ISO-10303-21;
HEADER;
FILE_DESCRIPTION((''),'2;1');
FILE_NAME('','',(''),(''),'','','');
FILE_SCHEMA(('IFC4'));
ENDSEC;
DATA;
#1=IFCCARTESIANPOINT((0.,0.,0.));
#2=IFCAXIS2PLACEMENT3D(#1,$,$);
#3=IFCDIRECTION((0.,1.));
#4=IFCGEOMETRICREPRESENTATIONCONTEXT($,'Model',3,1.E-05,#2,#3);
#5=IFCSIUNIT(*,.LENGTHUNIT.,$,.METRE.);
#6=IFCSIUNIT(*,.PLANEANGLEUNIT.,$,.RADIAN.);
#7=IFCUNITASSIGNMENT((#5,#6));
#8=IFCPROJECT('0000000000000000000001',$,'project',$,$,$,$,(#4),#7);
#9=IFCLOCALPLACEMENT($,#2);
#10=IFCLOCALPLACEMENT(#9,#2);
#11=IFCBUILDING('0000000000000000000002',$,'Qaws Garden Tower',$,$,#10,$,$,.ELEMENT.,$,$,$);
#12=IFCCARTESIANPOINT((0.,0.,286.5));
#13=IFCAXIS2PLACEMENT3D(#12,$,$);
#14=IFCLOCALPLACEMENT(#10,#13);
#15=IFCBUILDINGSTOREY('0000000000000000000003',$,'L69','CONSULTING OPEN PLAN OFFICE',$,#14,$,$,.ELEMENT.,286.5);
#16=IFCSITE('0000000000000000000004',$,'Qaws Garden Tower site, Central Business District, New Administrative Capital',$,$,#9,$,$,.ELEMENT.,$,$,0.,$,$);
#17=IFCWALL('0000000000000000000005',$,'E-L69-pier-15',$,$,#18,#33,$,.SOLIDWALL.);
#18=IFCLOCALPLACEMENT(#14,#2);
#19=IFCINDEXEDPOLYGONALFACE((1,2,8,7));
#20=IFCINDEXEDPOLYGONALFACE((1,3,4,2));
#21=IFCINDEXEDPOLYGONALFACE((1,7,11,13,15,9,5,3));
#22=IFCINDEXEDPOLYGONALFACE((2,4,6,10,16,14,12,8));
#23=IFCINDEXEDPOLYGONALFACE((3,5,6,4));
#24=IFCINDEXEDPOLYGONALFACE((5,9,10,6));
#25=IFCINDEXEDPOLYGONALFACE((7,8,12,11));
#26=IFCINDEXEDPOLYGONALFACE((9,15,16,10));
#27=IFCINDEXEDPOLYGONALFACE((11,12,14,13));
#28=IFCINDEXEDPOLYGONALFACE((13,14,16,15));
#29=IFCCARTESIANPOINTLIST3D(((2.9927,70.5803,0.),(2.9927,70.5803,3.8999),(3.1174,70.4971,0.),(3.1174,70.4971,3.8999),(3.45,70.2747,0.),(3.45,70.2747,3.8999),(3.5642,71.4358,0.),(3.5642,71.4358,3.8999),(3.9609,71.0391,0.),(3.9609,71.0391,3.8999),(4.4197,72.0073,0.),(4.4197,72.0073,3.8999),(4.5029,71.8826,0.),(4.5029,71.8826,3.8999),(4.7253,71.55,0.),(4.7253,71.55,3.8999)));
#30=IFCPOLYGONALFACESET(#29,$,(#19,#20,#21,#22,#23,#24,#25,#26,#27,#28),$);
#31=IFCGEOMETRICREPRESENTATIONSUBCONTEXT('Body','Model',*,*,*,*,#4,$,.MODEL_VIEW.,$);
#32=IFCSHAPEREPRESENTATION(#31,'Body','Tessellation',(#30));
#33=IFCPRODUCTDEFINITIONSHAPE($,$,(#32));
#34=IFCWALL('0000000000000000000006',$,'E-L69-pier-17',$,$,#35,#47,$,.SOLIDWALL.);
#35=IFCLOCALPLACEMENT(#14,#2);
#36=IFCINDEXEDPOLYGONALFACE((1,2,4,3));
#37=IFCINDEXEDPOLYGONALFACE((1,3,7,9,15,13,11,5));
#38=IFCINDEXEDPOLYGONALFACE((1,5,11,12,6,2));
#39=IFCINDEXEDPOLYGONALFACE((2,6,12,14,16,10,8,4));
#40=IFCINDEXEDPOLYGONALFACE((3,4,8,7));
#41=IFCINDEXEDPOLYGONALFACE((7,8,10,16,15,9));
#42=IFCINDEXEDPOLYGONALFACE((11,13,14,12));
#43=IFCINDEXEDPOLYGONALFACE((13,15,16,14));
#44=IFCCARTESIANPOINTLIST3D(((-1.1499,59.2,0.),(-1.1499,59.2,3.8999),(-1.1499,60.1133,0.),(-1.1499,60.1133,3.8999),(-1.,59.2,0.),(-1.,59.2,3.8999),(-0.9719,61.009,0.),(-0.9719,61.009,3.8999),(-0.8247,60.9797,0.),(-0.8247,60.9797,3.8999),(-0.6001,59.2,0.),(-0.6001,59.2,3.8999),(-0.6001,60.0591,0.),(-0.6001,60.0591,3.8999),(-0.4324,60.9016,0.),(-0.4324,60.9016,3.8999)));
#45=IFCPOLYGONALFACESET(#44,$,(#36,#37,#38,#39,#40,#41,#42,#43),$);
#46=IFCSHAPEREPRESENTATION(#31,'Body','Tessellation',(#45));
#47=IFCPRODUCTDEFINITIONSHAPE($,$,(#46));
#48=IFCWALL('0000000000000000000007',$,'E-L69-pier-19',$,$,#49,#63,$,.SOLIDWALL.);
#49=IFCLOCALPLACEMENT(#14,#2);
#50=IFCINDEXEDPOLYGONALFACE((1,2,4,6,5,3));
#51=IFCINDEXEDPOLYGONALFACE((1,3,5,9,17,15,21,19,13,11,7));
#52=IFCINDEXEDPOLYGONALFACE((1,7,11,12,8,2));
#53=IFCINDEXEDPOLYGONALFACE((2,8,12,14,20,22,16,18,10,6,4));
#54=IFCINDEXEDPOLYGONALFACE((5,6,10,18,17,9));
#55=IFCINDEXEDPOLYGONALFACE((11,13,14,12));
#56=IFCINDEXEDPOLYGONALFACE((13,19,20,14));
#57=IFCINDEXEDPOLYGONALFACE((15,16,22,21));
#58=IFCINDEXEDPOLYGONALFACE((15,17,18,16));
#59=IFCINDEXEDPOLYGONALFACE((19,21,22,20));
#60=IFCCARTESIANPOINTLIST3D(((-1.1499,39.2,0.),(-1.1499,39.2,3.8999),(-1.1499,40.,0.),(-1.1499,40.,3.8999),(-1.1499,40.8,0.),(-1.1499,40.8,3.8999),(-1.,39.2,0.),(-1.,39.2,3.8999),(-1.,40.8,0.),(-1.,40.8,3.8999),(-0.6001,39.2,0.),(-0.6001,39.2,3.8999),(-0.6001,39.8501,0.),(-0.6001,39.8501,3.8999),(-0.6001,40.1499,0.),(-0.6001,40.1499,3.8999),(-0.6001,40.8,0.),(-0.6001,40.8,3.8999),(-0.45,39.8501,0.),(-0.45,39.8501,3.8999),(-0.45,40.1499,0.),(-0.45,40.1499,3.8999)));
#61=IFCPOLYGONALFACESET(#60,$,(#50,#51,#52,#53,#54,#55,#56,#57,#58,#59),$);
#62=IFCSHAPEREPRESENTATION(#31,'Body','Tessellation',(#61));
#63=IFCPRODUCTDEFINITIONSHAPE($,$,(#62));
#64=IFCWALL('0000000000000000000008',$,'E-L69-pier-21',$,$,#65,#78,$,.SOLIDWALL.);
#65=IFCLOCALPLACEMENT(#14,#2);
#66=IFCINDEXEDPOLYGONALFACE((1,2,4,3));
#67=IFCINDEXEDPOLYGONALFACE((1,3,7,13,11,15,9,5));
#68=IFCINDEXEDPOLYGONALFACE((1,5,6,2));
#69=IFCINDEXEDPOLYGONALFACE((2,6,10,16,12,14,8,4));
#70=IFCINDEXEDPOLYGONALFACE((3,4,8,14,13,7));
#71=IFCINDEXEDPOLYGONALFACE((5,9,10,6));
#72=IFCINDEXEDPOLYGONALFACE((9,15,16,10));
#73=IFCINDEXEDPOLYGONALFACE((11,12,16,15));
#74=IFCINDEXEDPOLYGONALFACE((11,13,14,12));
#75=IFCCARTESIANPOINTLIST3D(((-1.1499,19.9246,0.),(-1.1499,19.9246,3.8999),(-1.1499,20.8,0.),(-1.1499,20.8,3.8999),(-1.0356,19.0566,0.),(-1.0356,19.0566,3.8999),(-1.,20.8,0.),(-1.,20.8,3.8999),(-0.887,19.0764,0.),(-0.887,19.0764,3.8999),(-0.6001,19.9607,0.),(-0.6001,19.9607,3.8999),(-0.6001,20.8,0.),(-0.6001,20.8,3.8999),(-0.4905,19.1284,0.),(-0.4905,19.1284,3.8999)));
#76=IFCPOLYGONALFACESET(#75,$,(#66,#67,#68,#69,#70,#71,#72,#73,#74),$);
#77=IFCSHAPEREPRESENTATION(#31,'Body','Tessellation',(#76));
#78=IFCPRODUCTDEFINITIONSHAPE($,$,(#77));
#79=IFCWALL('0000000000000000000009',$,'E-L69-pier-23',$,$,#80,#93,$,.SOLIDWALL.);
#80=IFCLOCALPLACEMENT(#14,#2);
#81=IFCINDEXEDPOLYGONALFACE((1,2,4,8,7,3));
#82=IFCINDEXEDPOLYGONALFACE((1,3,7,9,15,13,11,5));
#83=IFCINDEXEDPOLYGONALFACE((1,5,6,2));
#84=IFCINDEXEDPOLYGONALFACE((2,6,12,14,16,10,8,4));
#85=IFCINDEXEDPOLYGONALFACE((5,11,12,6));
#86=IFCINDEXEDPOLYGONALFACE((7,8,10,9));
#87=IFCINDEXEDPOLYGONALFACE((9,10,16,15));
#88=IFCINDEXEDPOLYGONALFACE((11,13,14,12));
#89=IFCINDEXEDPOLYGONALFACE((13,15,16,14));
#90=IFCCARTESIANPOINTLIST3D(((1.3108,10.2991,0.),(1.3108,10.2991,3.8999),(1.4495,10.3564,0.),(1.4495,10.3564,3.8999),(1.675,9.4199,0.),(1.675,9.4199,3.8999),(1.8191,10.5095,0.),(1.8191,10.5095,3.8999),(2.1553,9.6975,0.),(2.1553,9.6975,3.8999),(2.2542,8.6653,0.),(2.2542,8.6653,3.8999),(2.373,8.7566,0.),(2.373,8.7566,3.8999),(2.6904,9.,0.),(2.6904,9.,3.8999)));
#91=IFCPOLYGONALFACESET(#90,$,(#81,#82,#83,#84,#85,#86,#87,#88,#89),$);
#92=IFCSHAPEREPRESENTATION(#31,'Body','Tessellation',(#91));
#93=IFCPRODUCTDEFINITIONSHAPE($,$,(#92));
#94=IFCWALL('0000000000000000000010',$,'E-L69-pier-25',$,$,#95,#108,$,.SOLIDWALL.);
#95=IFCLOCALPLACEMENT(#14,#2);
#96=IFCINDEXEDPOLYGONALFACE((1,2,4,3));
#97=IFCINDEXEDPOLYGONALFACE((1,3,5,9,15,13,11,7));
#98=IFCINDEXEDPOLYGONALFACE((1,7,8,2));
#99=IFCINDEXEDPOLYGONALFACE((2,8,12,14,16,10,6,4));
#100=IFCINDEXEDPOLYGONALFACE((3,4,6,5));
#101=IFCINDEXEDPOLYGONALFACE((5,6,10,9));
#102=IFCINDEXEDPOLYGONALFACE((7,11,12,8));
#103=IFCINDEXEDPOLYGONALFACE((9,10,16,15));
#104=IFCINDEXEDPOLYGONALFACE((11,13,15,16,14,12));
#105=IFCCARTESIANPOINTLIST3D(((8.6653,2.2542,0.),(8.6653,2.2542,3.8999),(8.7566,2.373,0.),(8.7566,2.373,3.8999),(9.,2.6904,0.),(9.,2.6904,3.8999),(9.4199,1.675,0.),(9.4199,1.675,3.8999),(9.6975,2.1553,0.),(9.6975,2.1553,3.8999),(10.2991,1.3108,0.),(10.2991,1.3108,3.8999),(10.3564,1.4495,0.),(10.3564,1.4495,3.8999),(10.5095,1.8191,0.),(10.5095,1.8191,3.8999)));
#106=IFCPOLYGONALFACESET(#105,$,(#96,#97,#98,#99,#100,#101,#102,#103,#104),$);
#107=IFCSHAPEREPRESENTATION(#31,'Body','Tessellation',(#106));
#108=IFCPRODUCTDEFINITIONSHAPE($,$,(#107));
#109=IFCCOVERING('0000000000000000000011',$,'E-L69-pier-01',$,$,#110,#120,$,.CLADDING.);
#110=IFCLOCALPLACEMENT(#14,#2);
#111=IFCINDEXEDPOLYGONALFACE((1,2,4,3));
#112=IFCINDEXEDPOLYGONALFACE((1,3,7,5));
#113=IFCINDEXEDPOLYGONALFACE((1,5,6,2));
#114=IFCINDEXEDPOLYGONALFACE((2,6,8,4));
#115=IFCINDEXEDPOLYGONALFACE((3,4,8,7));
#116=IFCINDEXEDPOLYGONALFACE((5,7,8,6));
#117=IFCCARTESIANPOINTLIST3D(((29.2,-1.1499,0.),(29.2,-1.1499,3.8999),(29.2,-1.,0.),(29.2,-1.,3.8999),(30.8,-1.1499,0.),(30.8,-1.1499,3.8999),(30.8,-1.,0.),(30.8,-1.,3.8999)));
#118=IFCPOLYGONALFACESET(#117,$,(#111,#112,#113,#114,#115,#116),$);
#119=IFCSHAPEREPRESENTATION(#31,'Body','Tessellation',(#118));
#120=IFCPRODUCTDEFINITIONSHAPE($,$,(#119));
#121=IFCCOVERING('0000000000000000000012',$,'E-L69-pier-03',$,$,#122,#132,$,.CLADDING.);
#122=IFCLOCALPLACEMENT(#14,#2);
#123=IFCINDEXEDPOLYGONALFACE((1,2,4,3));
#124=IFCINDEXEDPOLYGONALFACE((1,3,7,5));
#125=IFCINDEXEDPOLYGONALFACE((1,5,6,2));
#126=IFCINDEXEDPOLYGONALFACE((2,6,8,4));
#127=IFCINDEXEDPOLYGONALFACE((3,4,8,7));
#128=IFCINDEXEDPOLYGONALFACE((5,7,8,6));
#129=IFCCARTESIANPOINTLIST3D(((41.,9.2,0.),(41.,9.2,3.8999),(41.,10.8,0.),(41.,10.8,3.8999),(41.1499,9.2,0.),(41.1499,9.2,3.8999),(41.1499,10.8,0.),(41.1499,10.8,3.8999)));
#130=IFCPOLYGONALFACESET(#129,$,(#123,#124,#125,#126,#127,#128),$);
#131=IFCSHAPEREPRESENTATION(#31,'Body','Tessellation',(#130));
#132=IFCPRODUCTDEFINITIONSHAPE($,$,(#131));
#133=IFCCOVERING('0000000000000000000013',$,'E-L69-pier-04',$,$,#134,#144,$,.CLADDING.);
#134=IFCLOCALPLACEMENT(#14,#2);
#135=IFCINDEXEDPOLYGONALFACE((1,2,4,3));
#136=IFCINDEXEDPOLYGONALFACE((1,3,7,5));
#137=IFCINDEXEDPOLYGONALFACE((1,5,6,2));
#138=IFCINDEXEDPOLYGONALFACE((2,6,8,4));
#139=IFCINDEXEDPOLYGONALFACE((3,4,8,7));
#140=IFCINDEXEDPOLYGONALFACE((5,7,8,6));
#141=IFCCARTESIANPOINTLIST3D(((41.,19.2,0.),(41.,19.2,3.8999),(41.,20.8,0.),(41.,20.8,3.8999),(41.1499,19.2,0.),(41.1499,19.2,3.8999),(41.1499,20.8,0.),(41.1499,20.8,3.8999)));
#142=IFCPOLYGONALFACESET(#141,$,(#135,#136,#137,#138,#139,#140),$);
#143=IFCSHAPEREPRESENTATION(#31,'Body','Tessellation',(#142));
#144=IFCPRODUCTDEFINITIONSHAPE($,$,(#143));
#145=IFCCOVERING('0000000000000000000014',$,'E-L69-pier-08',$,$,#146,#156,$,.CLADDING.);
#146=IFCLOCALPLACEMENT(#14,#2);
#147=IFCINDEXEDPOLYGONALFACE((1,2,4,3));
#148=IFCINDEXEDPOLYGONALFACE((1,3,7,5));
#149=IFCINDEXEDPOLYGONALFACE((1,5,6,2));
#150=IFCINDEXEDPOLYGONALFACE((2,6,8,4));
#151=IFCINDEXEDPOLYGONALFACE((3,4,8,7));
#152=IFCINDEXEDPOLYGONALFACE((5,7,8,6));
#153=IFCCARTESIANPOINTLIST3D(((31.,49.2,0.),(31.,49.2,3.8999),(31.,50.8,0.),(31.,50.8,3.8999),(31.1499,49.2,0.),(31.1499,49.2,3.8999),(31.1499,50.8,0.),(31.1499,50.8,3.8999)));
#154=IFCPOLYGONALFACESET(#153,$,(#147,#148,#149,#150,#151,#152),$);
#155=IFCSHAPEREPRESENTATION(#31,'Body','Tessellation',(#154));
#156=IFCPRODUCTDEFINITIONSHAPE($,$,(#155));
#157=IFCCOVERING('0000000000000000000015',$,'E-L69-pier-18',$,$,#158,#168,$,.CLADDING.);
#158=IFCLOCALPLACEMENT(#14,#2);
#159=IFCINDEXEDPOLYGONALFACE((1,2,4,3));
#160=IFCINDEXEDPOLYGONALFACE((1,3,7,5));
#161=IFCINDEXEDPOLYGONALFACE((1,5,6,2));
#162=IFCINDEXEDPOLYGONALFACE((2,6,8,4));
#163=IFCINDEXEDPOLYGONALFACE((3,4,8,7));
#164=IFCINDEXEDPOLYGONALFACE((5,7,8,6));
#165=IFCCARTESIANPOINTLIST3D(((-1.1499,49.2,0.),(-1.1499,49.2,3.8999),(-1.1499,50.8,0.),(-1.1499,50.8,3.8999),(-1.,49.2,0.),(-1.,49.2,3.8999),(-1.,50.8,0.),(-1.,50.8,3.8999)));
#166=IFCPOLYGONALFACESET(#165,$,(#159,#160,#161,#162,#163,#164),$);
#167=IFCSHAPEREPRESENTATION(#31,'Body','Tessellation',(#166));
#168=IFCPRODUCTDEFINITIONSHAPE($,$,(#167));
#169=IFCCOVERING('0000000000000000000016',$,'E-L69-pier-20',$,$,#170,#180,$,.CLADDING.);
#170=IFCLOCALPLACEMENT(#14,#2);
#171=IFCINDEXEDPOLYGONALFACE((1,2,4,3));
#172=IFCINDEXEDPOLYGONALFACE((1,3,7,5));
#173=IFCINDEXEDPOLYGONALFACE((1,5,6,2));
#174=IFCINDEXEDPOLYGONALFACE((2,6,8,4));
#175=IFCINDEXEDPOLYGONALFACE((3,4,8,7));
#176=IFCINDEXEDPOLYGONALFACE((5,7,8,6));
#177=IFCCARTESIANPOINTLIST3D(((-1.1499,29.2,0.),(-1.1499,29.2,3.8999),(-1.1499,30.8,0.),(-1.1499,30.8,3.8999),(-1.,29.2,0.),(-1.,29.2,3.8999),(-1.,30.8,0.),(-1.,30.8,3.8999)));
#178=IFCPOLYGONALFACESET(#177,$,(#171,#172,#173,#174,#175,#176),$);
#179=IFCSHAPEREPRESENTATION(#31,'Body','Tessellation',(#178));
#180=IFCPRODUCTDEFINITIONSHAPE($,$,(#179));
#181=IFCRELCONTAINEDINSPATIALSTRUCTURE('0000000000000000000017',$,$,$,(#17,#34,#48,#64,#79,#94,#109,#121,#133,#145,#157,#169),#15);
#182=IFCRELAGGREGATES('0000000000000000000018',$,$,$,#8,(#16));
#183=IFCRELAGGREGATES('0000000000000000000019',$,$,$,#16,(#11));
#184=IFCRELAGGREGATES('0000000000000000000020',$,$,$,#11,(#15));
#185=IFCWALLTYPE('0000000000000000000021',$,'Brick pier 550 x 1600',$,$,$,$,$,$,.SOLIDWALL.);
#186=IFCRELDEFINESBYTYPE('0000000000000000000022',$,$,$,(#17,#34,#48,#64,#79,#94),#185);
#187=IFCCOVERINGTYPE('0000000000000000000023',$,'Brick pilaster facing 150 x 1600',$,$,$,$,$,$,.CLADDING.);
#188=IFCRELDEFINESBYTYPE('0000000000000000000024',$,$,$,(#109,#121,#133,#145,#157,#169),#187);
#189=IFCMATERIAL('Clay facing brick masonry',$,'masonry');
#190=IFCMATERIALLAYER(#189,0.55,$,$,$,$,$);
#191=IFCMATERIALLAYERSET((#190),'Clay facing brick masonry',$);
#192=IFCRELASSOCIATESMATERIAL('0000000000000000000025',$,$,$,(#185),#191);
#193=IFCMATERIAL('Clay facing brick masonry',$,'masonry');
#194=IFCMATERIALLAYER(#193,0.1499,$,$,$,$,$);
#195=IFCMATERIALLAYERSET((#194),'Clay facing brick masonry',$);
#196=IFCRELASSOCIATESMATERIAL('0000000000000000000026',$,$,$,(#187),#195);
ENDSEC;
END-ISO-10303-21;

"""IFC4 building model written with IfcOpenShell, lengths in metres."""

from ifc_helpers import new_model, si_unit, direction, frame, origin, place, context, subcontext, project, spatial, polyline, outline, extrude, material, layer, layer_set, type_object, element, save


model = new_model("IFC4")

# Units and contexts
model_context = context("Model", 3, precision=1e-05, world=origin(), true_north=direction((0.0, 1.0)))
body_context = subcontext(model_context, "Body", "Model", "MODEL_VIEW")
ifc_project = project(units=[si_unit("LENGTHUNIT", "METRE"), si_unit("PLANEANGLEUNIT", "RADIAN")], contexts=[model_context])

# Site, building, storey
site_placement = place(None, origin())
site = spatial("IfcSite", under=ifc_project, at=site_placement, Name="Qaws Garden Tower site, Central Business District, New Administrative Capital", CompositionType="ELEMENT", RefElevation=0.0)
building_placement = place(site_placement, origin())
building = spatial("IfcBuilding", under=site, at=building_placement, Name="Qaws Garden Tower", CompositionType="ELEMENT")
storey_placement = place(building_placement, frame((0.0, 0.0, 286.5)))
storey = spatial("IfcBuildingStorey", under=building, at=storey_placement, Name="L69", Description="CONSULTING OPEN PLAN OFFICE", CompositionType="ELEMENT", Elevation=286.5)

# Walls
placement = place(storey_placement, origin())
ifc_material_1 = material(Name="Clay facing brick masonry", Category="masonry")
ifc_layer_1 = layer(ifc_material_1, 0.55)
ifc_layer_set_1 = layer_set([ifc_layer_1], Name="Clay facing brick masonry")
wall_type_1 = type_object("IfcWallType", Name="Brick pier 550 x 1600", PredefinedType="SOLIDWALL", material=ifc_layer_set_1)
element("IfcWall", 1, at=placement, inside=storey, type_object=wall_type_1, Name="E-L69-pier-15", PredefinedType="SOLIDWALL", context=body_context, shape_type="SweptSolid", body=[
    extrude(outline(polyline([(4.5029, 71.8826), (4.4197, 72.0073), (3.5642, 71.4358), (2.9927, 70.5803), (3.1174, 70.4971), (3.45, 70.2747), (3.9609, 71.0391), (4.7253, 71.55), (4.5029, 71.8826)])), origin(), (0.0, 0.0, 1.0), 3.8999),
])
element("IfcWall", 2, at=placement, inside=storey, type_object=wall_type_1, Name="E-L69-pier-17", PredefinedType="SOLIDWALL", context=body_context, shape_type="SweptSolid", body=[
    extrude(outline(polyline([(-0.8247, 60.9797), (-0.9719, 61.009), (-1.1499, 60.1133), (-1.1499, 59.2), (-1.0, 59.2), (-0.6001, 59.2), (-0.6001, 60.0591), (-0.4324, 60.9016), (-0.8247, 60.9797)])), origin(), (0.0, 0.0, 1.0), 3.8999),
])
element("IfcWall", 3, at=placement, inside=storey, type_object=wall_type_1, Name="E-L69-pier-19", PredefinedType="SOLIDWALL", context=body_context, shape_type="SweptSolid", body=[
    extrude(outline(polyline([(-0.6001, 39.2), (-0.6001, 39.8501), (-0.45, 39.8501), (-0.45, 40.1499), (-0.6001, 40.1499), (-0.6001, 40.8), (-1.0, 40.8), (-1.1499, 40.8), (-1.1499, 40.0), (-1.1499, 39.2), (-1.0, 39.2), (-0.6001, 39.2)])), origin(), (0.0, 0.0, 1.0), 3.8999),
])
element("IfcWall", 4, at=placement, inside=storey, type_object=wall_type_1, Name="E-L69-pier-21", PredefinedType="SOLIDWALL", context=body_context, shape_type="SweptSolid", body=[
    extrude(outline(polyline([(-1.0, 20.8), (-1.1499, 20.8), (-1.1499, 19.9246), (-1.0356, 19.0566), (-0.887, 19.0764), (-0.4905, 19.1284), (-0.6001, 19.9607), (-0.6001, 20.8), (-1.0, 20.8)])), origin(), (0.0, 0.0, 1.0), 3.8999),
])
element("IfcWall", 5, at=placement, inside=storey, type_object=wall_type_1, Name="E-L69-pier-23", PredefinedType="SOLIDWALL", context=body_context, shape_type="SweptSolid", body=[
    extrude(outline(polyline([(1.4495, 10.3564), (1.3108, 10.2991), (1.675, 9.4199), (2.2542, 8.6653), (2.373, 8.7566), (2.6904, 9.0), (2.1553, 9.6975), (1.8191, 10.5095), (1.4495, 10.3564)])), origin(), (0.0, 0.0, 1.0), 3.8999),
])
element("IfcWall", 6, at=placement, inside=storey, type_object=wall_type_1, Name="E-L69-pier-25", PredefinedType="SOLIDWALL", context=body_context, shape_type="SweptSolid", body=[
    extrude(outline(polyline([(8.7566, 2.373), (8.6653, 2.2542), (9.4199, 1.675), (10.2991, 1.3108), (10.3564, 1.4495), (10.5095, 1.8191), (9.6975, 2.1553), (9.0, 2.6904), (8.7566, 2.373)])), origin(), (0.0, 0.0, 1.0), 3.8999),
])

# Coverings
ifc_material_2 = material(Name="Clay facing brick masonry", Category="masonry")
ifc_layer_2 = layer(ifc_material_2, 0.1499)
ifc_layer_set_2 = layer_set([ifc_layer_2], Name="Clay facing brick masonry")
covering_type = type_object("IfcCoveringType", Name="Brick pilaster facing 150 x 1600", PredefinedType="CLADDING", material=ifc_layer_set_2)
element("IfcCovering", 7, at=placement, inside=storey, type_object=covering_type, Name="E-L69-pier-01", PredefinedType="CLADDING", context=body_context, shape_type="SweptSolid", body=[
    extrude(outline(polyline([(29.2, -1.0), (30.8, -1.0), (30.8, -1.1499), (29.2, -1.1499), (29.2, -1.0)])), origin(), (0.0, 0.0, 1.0), 3.8999),
])
element("IfcCovering", 8, at=placement, inside=storey, type_object=covering_type, Name="E-L69-pier-03", PredefinedType="CLADDING", context=body_context, shape_type="SweptSolid", body=[
    extrude(outline(polyline([(41.0, 9.2), (41.0, 10.8), (41.1499, 10.8), (41.1499, 9.2), (41.0, 9.2)])), origin(), (0.0, 0.0, 1.0), 3.8999),
])
element("IfcCovering", 9, at=placement, inside=storey, type_object=covering_type, Name="E-L69-pier-04", PredefinedType="CLADDING", context=body_context, shape_type="SweptSolid", body=[
    extrude(outline(polyline([(41.0, 19.2), (41.0, 20.8), (41.1499, 20.8), (41.1499, 19.2), (41.0, 19.2)])), origin(), (0.0, 0.0, 1.0), 3.8999),
])
element("IfcCovering", 10, at=placement, inside=storey, type_object=covering_type, Name="E-L69-pier-08", PredefinedType="CLADDING", context=body_context, shape_type="SweptSolid", body=[
    extrude(outline(polyline([(31.0, 49.2), (31.0, 50.8), (31.1499, 50.8), (31.1499, 49.2), (31.0, 49.2)])), origin(), (0.0, 0.0, 1.0), 3.8999),
])
element("IfcCovering", 11, at=placement, inside=storey, type_object=covering_type, Name="E-L69-pier-18", PredefinedType="CLADDING", context=body_context, shape_type="SweptSolid", body=[
    extrude(outline(polyline([(-1.0, 50.8), (-1.0, 49.2), (-1.1499, 49.2), (-1.1499, 50.8), (-1.0, 50.8)])), origin(), (0.0, 0.0, 1.0), 3.8999),
])
element("IfcCovering", 12, at=placement, inside=storey, type_object=covering_type, Name="E-L69-pier-20", PredefinedType="CLADDING", context=body_context, shape_type="SweptSolid", body=[
    extrude(outline(polyline([(-1.0, 30.8), (-1.0, 29.2), (-1.1499, 29.2), (-1.1499, 30.8), (-1.0, 30.8)])), origin(), (0.0, 0.0, 1.0), 3.8999),
])

save(model, "model.ifc")
